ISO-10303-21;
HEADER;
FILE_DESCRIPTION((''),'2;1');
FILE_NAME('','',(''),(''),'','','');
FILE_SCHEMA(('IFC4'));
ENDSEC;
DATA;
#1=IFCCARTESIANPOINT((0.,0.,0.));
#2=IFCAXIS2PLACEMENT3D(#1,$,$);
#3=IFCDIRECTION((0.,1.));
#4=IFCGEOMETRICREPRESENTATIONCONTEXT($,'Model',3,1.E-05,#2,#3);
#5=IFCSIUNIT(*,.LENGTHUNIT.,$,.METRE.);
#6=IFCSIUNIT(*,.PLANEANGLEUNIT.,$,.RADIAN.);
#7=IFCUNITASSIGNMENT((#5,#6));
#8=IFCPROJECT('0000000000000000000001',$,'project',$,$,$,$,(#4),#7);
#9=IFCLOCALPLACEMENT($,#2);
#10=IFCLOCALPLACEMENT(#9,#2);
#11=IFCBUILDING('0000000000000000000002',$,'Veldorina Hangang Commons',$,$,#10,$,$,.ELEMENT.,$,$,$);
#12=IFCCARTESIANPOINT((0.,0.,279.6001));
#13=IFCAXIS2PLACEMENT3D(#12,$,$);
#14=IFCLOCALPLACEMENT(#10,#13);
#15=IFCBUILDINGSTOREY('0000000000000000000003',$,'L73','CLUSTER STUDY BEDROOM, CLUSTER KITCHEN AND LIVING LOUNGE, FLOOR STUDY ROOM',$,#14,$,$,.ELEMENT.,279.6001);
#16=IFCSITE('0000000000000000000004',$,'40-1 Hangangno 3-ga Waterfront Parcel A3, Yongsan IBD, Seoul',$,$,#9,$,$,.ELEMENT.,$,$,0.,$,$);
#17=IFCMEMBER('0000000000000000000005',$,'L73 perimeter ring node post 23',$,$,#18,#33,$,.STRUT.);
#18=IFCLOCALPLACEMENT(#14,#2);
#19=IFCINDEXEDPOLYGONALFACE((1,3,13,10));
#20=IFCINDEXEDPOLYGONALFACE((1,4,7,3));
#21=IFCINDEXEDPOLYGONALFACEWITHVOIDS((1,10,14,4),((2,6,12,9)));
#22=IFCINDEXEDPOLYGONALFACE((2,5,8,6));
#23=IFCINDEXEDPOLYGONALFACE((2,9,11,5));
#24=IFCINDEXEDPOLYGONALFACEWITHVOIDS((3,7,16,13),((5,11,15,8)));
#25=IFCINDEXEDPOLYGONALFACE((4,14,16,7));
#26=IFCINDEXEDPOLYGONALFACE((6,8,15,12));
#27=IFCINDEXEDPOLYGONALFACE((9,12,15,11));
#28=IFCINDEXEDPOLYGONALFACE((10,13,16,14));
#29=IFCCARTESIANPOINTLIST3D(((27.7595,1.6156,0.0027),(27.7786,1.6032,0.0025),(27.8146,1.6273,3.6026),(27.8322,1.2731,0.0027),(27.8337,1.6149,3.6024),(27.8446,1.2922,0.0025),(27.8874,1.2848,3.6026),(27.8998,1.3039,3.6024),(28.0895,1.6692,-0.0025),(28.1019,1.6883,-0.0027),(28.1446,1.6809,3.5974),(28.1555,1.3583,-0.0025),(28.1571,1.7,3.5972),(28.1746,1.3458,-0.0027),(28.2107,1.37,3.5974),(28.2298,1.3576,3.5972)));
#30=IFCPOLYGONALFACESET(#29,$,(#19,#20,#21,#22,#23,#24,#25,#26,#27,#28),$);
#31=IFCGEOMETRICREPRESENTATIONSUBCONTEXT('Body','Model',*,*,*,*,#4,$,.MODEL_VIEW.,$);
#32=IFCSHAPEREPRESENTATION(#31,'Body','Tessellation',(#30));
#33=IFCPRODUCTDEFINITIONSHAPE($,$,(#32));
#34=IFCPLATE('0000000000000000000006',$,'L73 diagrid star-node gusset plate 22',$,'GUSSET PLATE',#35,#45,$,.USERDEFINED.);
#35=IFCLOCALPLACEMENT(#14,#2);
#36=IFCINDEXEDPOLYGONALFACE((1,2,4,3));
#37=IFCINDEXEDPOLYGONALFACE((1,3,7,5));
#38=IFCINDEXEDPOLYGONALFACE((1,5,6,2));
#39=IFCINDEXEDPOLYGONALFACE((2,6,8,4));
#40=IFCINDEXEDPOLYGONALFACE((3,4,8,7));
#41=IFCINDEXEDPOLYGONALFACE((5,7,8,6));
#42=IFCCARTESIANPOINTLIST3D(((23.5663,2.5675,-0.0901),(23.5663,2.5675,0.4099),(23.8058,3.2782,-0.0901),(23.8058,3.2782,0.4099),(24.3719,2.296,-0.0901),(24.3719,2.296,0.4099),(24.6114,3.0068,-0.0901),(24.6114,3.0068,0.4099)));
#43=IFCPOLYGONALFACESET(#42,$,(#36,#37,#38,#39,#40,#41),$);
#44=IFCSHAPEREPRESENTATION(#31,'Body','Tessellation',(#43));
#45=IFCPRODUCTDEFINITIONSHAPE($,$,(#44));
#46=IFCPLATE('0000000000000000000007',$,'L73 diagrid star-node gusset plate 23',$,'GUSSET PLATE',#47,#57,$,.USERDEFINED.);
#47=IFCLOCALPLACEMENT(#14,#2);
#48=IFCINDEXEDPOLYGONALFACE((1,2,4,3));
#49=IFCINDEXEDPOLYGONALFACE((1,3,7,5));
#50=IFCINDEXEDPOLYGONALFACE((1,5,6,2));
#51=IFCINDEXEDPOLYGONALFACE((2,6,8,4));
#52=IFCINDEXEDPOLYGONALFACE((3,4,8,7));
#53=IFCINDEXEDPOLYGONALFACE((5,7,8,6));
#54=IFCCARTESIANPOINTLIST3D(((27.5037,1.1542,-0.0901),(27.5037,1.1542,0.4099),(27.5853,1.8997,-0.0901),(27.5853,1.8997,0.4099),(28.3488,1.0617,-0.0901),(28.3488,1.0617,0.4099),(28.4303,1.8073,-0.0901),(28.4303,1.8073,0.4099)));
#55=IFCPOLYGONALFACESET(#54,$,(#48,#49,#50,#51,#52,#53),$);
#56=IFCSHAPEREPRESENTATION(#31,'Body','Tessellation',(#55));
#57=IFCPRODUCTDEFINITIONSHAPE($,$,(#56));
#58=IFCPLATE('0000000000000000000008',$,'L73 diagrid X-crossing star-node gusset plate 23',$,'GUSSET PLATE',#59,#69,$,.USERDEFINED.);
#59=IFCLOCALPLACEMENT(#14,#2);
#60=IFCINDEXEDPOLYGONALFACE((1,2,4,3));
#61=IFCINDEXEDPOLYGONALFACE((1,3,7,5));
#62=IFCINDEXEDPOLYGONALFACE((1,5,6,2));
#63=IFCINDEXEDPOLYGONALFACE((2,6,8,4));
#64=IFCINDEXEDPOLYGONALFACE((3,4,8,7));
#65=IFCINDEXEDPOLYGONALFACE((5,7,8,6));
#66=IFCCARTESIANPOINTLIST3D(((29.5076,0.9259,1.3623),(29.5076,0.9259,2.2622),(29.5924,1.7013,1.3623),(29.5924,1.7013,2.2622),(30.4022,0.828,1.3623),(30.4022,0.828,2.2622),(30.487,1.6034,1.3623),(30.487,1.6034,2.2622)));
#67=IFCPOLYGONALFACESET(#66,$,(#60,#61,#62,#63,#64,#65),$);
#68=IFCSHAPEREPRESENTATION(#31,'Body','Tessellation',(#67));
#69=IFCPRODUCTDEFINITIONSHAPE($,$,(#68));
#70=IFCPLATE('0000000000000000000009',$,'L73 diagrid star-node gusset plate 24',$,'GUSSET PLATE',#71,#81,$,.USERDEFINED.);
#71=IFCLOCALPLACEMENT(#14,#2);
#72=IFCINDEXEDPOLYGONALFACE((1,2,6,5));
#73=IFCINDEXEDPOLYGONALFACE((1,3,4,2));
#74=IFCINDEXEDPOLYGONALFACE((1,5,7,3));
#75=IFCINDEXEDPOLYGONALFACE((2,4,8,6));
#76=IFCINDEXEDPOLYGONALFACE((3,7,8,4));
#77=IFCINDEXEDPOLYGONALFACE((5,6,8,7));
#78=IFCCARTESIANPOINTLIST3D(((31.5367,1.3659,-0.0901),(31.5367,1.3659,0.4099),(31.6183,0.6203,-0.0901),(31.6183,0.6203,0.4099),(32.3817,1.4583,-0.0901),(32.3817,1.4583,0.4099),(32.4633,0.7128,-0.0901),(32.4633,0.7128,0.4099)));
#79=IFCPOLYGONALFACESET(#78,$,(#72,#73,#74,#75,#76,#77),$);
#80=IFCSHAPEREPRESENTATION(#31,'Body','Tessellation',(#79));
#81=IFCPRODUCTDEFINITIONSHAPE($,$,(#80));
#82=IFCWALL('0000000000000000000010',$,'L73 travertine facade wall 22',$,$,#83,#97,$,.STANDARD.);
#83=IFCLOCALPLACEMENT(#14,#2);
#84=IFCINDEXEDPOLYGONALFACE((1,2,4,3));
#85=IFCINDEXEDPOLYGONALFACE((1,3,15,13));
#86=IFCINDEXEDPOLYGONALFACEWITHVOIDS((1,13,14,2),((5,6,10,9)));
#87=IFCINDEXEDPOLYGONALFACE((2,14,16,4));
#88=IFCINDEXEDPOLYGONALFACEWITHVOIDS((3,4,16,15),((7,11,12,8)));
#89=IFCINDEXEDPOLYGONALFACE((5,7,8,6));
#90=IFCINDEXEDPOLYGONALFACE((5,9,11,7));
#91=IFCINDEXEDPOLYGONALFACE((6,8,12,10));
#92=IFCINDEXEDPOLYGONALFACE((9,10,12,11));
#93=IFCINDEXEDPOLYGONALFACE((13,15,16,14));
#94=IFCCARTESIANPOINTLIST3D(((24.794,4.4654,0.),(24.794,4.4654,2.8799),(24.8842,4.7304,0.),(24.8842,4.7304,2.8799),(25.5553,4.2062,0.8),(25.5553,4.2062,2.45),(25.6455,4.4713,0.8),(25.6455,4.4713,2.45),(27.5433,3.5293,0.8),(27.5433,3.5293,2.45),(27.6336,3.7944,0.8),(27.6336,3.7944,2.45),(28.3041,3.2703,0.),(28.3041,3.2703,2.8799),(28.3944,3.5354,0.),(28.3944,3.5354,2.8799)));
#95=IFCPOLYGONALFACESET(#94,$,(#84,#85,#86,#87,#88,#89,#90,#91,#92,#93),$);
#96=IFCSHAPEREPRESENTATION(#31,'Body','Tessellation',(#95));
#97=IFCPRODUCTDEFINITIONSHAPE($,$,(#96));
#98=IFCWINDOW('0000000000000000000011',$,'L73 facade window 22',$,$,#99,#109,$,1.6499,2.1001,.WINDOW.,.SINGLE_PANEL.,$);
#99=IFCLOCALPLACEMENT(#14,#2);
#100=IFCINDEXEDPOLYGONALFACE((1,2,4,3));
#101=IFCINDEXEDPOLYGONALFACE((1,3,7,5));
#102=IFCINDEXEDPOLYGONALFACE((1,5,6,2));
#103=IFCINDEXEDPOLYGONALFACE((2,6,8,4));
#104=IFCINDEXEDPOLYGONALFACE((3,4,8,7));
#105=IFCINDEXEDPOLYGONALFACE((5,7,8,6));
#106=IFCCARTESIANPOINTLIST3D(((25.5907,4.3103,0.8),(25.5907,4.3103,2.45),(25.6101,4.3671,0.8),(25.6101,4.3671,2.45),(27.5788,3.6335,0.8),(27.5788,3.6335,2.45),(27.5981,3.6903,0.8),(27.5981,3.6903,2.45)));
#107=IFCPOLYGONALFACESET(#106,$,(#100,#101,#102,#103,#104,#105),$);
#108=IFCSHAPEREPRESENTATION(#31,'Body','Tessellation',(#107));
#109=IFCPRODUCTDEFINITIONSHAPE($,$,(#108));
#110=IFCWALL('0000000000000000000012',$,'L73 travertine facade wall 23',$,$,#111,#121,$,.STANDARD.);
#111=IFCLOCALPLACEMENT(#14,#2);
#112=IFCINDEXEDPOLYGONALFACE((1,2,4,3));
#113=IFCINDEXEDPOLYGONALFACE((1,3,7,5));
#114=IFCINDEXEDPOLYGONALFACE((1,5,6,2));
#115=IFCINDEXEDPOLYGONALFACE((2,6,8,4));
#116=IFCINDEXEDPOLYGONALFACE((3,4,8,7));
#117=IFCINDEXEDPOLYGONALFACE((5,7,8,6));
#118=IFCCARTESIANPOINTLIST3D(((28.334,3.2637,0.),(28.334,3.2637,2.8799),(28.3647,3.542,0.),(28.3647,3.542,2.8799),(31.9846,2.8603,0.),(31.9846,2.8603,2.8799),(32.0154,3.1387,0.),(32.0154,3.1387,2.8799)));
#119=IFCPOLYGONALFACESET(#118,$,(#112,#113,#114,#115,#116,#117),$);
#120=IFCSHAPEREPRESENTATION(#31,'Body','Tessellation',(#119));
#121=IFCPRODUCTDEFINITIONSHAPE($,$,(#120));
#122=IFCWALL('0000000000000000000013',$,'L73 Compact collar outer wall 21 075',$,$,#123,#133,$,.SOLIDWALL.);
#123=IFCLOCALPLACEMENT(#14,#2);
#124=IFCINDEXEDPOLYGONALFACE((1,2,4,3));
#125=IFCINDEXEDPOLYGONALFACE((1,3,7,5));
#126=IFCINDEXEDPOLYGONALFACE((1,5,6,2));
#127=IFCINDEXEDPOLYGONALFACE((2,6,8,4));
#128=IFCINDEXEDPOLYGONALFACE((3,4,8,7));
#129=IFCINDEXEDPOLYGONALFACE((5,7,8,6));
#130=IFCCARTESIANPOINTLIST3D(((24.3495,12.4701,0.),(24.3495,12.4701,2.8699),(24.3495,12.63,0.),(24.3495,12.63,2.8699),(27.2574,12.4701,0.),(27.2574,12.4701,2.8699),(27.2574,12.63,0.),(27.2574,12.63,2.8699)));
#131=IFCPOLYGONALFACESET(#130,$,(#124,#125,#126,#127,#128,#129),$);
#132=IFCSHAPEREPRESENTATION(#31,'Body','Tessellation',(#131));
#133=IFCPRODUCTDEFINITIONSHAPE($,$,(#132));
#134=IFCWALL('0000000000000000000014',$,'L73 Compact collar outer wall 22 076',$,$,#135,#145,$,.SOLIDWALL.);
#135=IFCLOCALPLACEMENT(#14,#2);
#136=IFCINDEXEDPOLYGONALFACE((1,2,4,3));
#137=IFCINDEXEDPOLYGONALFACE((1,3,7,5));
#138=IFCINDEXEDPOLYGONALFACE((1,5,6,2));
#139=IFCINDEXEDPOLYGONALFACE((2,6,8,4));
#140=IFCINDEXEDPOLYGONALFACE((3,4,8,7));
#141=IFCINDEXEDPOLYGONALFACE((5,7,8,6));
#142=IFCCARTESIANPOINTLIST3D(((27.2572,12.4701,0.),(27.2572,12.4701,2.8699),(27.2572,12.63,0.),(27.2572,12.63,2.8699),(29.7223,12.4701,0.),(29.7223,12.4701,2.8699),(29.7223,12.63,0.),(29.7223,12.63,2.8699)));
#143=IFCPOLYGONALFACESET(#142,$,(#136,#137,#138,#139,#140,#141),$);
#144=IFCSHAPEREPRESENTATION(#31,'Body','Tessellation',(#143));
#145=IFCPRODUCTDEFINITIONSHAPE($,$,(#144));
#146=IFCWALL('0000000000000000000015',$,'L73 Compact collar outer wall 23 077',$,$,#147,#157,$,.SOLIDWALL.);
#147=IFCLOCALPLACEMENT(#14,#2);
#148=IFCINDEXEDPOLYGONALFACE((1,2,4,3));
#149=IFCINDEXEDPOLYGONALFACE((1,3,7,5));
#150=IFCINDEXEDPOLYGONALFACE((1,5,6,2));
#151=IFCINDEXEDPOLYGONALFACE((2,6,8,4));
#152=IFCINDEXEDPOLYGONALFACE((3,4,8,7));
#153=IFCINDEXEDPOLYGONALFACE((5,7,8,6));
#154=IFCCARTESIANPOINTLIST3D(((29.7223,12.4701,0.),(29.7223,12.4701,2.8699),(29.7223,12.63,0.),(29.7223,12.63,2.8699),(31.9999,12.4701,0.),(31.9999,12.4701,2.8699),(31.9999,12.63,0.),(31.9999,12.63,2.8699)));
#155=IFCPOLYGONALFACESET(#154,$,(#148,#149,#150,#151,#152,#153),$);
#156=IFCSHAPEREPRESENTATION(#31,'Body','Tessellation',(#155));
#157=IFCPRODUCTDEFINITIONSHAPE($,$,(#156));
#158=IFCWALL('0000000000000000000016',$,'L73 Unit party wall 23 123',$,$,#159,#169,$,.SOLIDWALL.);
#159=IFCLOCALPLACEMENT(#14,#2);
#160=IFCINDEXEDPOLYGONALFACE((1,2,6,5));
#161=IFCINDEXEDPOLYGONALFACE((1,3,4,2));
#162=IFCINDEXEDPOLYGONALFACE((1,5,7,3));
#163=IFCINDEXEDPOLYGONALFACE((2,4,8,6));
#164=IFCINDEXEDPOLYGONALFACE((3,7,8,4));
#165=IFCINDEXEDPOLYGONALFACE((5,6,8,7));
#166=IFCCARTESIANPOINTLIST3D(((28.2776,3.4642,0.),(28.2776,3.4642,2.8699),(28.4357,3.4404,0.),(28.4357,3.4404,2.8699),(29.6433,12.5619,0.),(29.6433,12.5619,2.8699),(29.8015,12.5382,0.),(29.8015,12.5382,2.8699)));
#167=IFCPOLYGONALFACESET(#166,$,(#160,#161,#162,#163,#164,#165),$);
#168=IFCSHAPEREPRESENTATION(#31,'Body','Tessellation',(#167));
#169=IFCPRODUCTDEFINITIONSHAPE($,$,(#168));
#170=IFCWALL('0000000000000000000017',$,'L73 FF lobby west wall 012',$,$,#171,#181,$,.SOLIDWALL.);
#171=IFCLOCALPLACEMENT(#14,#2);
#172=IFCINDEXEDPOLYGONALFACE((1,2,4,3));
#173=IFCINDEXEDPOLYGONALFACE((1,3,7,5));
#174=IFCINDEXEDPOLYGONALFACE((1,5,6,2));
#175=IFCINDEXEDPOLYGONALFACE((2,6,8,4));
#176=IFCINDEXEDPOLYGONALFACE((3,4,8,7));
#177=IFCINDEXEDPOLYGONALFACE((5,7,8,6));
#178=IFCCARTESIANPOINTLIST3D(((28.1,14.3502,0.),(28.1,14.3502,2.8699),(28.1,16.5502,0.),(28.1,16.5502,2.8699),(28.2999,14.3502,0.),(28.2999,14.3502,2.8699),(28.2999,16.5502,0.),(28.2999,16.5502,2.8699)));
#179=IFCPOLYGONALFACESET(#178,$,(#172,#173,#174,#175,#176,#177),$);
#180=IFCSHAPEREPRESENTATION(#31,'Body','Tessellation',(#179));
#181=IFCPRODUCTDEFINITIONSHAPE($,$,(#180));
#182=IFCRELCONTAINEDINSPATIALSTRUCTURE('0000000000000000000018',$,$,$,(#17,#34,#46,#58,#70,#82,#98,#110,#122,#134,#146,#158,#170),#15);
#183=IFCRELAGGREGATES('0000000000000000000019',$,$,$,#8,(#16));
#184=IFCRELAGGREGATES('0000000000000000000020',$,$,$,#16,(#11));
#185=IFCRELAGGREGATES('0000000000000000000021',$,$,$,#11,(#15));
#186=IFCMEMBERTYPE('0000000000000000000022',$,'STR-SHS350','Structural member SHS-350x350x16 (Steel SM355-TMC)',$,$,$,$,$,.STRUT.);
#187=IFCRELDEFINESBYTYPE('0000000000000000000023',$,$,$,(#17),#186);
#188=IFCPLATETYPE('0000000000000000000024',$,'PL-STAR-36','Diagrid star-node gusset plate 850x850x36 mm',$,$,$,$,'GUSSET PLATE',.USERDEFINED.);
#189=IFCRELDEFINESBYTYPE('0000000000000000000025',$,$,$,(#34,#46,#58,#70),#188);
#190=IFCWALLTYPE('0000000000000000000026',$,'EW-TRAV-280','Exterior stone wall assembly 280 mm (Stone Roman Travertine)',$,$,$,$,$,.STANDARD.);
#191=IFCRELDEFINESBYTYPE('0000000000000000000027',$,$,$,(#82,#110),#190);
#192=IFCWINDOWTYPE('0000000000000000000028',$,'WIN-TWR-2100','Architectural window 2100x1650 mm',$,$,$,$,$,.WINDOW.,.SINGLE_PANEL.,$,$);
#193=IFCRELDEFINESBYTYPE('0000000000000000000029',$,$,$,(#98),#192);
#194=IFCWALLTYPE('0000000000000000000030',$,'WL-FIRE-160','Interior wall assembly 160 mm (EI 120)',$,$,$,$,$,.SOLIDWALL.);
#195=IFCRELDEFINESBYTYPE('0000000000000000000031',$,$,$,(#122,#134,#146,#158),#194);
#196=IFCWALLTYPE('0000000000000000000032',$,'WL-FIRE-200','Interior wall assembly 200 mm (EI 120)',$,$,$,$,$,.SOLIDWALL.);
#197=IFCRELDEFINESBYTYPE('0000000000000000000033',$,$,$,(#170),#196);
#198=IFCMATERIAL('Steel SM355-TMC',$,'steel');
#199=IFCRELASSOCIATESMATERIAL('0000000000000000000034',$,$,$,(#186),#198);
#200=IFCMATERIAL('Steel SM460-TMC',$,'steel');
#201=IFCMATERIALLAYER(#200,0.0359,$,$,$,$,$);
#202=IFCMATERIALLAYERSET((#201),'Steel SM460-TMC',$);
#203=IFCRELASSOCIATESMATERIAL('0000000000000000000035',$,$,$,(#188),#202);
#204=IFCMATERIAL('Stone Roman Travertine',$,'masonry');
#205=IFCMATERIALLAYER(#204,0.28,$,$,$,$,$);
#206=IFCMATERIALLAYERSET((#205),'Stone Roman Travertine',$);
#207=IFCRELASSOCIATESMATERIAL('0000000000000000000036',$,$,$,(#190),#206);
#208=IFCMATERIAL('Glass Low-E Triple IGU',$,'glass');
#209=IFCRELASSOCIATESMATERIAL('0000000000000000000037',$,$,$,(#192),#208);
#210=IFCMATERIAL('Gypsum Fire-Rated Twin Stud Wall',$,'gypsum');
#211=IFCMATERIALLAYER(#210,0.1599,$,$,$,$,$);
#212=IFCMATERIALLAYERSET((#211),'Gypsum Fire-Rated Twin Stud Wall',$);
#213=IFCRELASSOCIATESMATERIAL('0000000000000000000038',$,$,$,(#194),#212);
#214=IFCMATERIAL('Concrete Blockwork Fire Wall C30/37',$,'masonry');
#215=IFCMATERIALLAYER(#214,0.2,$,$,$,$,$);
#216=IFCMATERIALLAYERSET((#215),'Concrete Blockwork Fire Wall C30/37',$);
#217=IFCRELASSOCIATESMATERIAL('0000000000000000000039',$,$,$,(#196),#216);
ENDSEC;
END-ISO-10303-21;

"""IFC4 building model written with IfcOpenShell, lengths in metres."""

from ifc_helpers import new_model, si_unit, direction, frame, frame_2d, origin, origin_2d, place, context, subcontext, project, spatial, rectangle, hollow_rectangle, extrude, material, layer, layer_set, material_profile, profile_set, type_object, element, fill, save


model = new_model("IFC4")

# Units and contexts
model_context = context("Model", 3, precision=1e-05, world=origin(), true_north=direction((0.0, 1.0)))
body_context = subcontext(model_context, "Body", "Model", "MODEL_VIEW")
ifc_project = project(units=[si_unit("LENGTHUNIT", "METRE"), si_unit("PLANEANGLEUNIT", "RADIAN")], contexts=[model_context])

# Site, building, storey
site_placement = place(None, origin())
site = spatial("IfcSite", under=ifc_project, at=site_placement, Name="40-1 Hangangno 3-ga Waterfront Parcel A3, Yongsan IBD, Seoul", CompositionType="ELEMENT", RefElevation=0.0)
building_placement = place(site_placement, origin())
building = spatial("IfcBuilding", under=site, at=building_placement, Name="Veldorina Hangang Commons", CompositionType="ELEMENT")
storey_placement = place(building_placement, frame((0.0, 0.0, 279.6001)))
storey = spatial("IfcBuildingStorey", under=building, at=storey_placement, Name="L73", Description="CLUSTER STUDY BEDROOM, CLUSTER KITCHEN AND LIVING LOUNGE, FLOOR STUDY ROOM", CompositionType="ELEMENT", Elevation=279.6001)

# Shared definitions
ifc_material_1 = material(Name="Steel SM355-TMC", Category="steel")

# Member
ifc_material_profile_1 = material_profile(ifc_material_1, hollow_rectangle(XDim=0.3501, YDim=0.3501, WallThickness=0.0161, at=origin_2d()), Name="SHS-350x350x16")
ifc_profile_set_1 = profile_set([ifc_material_profile_1], Name="Steel SM355-TMC")
member_type_1 = type_object("IfcMemberType", Name="STR-SHS350", Description="Structural member SHS-350x350x16 (Steel SM355-TMC)", PredefinedType="STRUT", material=ifc_profile_set_1)
member_1_placement = place(storey_placement, frame((27.967, 1.4807, 0.0), z_axis=(0.015325, 0.003255, 0.999877), x_axis=(-0.207755, 0.978181, 0.0)))
element("IfcMember", 1, at=member_1_placement, inside=storey, type_object=member_type_1, Name="L73 perimeter ring node post 23", PredefinedType="STRUT", context=body_context, shape_type="SweptSolid", body=[
    extrude(hollow_rectangle(XDim=0.3501, YDim=0.3501, WallThickness=0.0161, at=origin_2d()), origin(), (0.0, 0.0, 1.0), 3.6003),
])

# Plates
ifc_material_2 = material(Name="Steel SM460-TMC", Category="steel")
ifc_layer_1 = layer(ifc_material_2, 0.0359)
ifc_layer_set_1 = layer_set([ifc_layer_1], Name="Steel SM460-TMC")
plate_type = type_object("IfcPlateType", Name="PL-STAR-36", Description="Diagrid star-node gusset plate 850x850x36 mm", ElementType="GUSSET PLATE", PredefinedType="USERDEFINED", material=ifc_layer_set_1)
for number, where, z_axis, x_axis, name in (
    (2, (24.0889, 2.7871, -0.0901), (0.0, 0.0, 1.0), (0.947657, -0.31929, 0.0), "L73 diagrid star-node gusset plate 22"),
    (3, (27.967, 1.4807, -0.0901), (0.0, 0.0, 1.0), (0.99407, -0.108745, 0.0), "L73 diagrid star-node gusset plate 23"),
):
    element("IfcPlate", number, at=place(storey_placement, frame(where, z_axis=z_axis, x_axis=x_axis)), inside=storey, type_object=plate_type, Name=name, ObjectType="GUSSET PLATE", PredefinedType="USERDEFINED", context=body_context, shape_type="SweptSolid", body=[
        extrude(rectangle(XDim=0.8501, YDim=0.75, at=origin_2d()), origin(), (0.0, 0.0, 1.0), 0.5),
    ])
plate_1_placement = place(storey_placement, frame((29.9973, 1.2646, 1.3623), z_axis=(0.0, 0.0, 1.0), x_axis=(0.99407, -0.108745, 0.0)))
element("IfcPlate", 4, at=plate_1_placement, inside=storey, type_object=plate_type, Name="L73 diagrid X-crossing star-node gusset plate 23", ObjectType="GUSSET PLATE", PredefinedType="USERDEFINED", context=body_context, shape_type="SweptSolid", body=[
    extrude(rectangle(XDim=0.8999, YDim=0.78, at=origin_2d()), origin(), (0.0, 0.0, 1.0), 0.8999),
])
plate_2_placement = place(storey_placement, frame((32.0, 1.0393, -0.0901), z_axis=(0.0, 0.0, 1.0), x_axis=(0.99407, 0.108745, 0.0)))
element("IfcPlate", 5, at=plate_2_placement, inside=storey, type_object=plate_type, Name="L73 diagrid star-node gusset plate 24", ObjectType="GUSSET PLATE", PredefinedType="USERDEFINED", context=body_context, shape_type="SweptSolid", body=[
    extrude(rectangle(XDim=0.8501, YDim=0.75, at=origin_2d()), origin(), (0.0, 0.0, 1.0), 0.5),
])

# Wall, opening, window
ifc_material_3 = material(Name="Stone Roman Travertine", Category="masonry")
ifc_layer_2 = layer(ifc_material_3, 0.28)
ifc_layer_set_2 = layer_set([ifc_layer_2], Name="Stone Roman Travertine")
wall_type_1 = type_object("IfcWallType", Name="EW-TRAV-280", Description="Exterior stone wall assembly 280 mm (Stone Roman Travertine)", PredefinedType="STANDARD", material=ifc_layer_set_2)
wall_1_placement = place(storey_placement, frame((24.8391, 4.5979, 0.0), z_axis=(0.0, 0.0, 1.0), x_axis=(0.946643, -0.322285, 0.0)))
wall_1 = element("IfcWall", 6, at=wall_1_placement, inside=storey, type_object=wall_type_1, Name="L73 travertine facade wall 22", PredefinedType="STANDARD", context=body_context, shape_type="SweptSolid", body=[
    extrude(rectangle(XDim=3.708, YDim=0.28, at=frame_2d((1.854, 0.0))), origin(), (0.0, 0.0, 1.0), 2.8799),
])
opening_1_placement = place(wall_1_placement, frame((0.8042, 0.0, 0.8)))
opening_1 = element("IfcOpeningElement", 7, at=opening_1_placement, cuts=wall_1, PredefinedType="OPENING", context=body_context, shape_type="SweptSolid", body=[
    extrude(rectangle(XDim=2.1001, YDim=1.6499, at=frame_2d((1.05, 0.825))), frame((0.0, 0.1499, 0.0), z_axis=(0.0, -1.0, 0.0), x_axis=(1.0, 0.0, 0.0)), (0.0, 0.0, 1.0), 0.3),
])
ifc_material_4 = material(Name="Glass Low-E Triple IGU", Category="glass")
window_type = type_object("IfcWindowType", Name="WIN-TWR-2100", Description="Architectural window 2100x1650 mm", PartitioningType="SINGLE_PANEL", PredefinedType="WINDOW", material=ifc_material_4)
window_placement = place(opening_1_placement, origin())
window = element("IfcWindow", 8, at=window_placement, inside=storey, type_object=window_type, Name="L73 facade window 22", OverallHeight=1.6499, OverallWidth=2.1001, PartitioningType="SINGLE_PANEL", PredefinedType="WINDOW", context=body_context, shape_type="SweptSolid", body=[
    extrude(rectangle(XDim=2.1001, YDim=1.6499, at=frame_2d((1.05, 0.825))), frame((0.0, 0.03, 0.0), z_axis=(0.0, -1.0, 0.0), x_axis=(1.0, 0.0, 0.0)), (0.0, 0.0, 1.0), 0.0601),
])
fill(opening_1, window)

# Walls
wall_2_placement = place(storey_placement, frame((28.3494, 3.4028, 0.0), z_axis=(0.0, 0.0, 1.0), x_axis=(0.993952, -0.109811, 0.0)))
element("IfcWall", 9, at=wall_2_placement, inside=storey, type_object=wall_type_1, Name="L73 travertine facade wall 23", PredefinedType="STANDARD", context=body_context, shape_type="SweptSolid", body=[
    extrude(rectangle(XDim=3.6729, YDim=0.28, at=frame_2d((1.8364, 0.0))), origin(), (0.0, 0.0, 1.0), 2.8799),
])
ifc_material_5 = material(Name="Gypsum Fire-Rated Twin Stud Wall", Category="gypsum")
ifc_layer_3 = layer(ifc_material_5, 0.1599)
ifc_layer_set_3 = layer_set([ifc_layer_3], Name="Gypsum Fire-Rated Twin Stud Wall")
wall_type_2 = type_object("IfcWallType", Name="WL-FIRE-160", Description="Interior wall assembly 160 mm (EI 120)", PredefinedType="SOLIDWALL", material=ifc_layer_set_3)
wall_3_placement = place(storey_placement, frame((24.3494, 12.55, 0.0), z_axis=(0.0, 0.0, 1.0), x_axis=(1.0, 0.0, 0.0)))
element("IfcWall", 10, at=wall_3_placement, inside=storey, type_object=wall_type_2, Name="L73 Compact collar outer wall 21 075", PredefinedType="SOLIDWALL", context=body_context, shape_type="SweptSolid", body=[
    extrude(rectangle(XDim=2.908, YDim=0.1599, at=frame_2d((1.4541, 0.0))), origin(), (0.0, 0.0, 1.0), 2.8699),
])
wall_4_placement = place(storey_placement, frame((27.2573, 12.55, 0.0), z_axis=(0.0, 0.0, 1.0), x_axis=(1.0, 0.0, 0.0)))
element("IfcWall", 11, at=wall_4_placement, inside=storey, type_object=wall_type_2, Name="L73 Compact collar outer wall 22 076", PredefinedType="SOLIDWALL", context=body_context, shape_type="SweptSolid", body=[
    extrude(rectangle(XDim=2.4651, YDim=0.1599, at=frame_2d((1.2324, 0.0))), origin(), (0.0, 0.0, 1.0), 2.8699),
])
wall_5_placement = place(storey_placement, frame((29.7224, 12.55, 0.0), z_axis=(0.0, 0.0, 1.0), x_axis=(1.0, 0.0, 0.0)))
element("IfcWall", 12, at=wall_5_placement, inside=storey, type_object=wall_type_2, Name="L73 Compact collar outer wall 23 077", PredefinedType="SOLIDWALL", context=body_context, shape_type="SweptSolid", body=[
    extrude(rectangle(XDim=2.2776, YDim=0.1599, at=frame_2d((1.1387, 0.0))), origin(), (0.0, 0.0, 1.0), 2.8699),
])
wall_6_placement = place(storey_placement, frame((29.7224, 12.55, 0.0), z_axis=(0.0, 0.0, 1.0), x_axis=(-0.148455, -0.988919, 0.0)))
element("IfcWall", 13, at=wall_6_placement, inside=storey, type_object=wall_type_2, Name="L73 Unit party wall 23 123", PredefinedType="SOLIDWALL", context=body_context, shape_type="SweptSolid", body=[
    extrude(rectangle(XDim=9.1997, YDim=0.1599, at=frame_2d((4.5999, 0.0))), origin(), (0.0, 0.0, 1.0), 2.8699),
])
ifc_material_6 = material(Name="Concrete Blockwork Fire Wall C30/37", Category="masonry")
ifc_layer_4 = layer(ifc_material_6, 0.2)
ifc_layer_set_4 = layer_set([ifc_layer_4], Name="Concrete Blockwork Fire Wall C30/37")
wall_type_3 = type_object("IfcWallType", Name="WL-FIRE-200", Description="Interior wall assembly 200 mm (EI 120)", PredefinedType="SOLIDWALL", material=ifc_layer_set_4)
wall_7_placement = place(storey_placement, frame((28.2, 14.3501, 0.0), z_axis=(0.0, 0.0, 1.0), x_axis=(0.0, 1.0, 0.0)))
element("IfcWall", 14, at=wall_7_placement, inside=storey, type_object=wall_type_3, Name="L73 FF lobby west wall 012", PredefinedType="SOLIDWALL", context=body_context, shape_type="SweptSolid", body=[
    extrude(rectangle(XDim=2.2, YDim=0.2, at=frame_2d((1.1001, 0.0))), origin(), (0.0, 0.0, 1.0), 2.8699),
])

save(model, "model.ifc")
